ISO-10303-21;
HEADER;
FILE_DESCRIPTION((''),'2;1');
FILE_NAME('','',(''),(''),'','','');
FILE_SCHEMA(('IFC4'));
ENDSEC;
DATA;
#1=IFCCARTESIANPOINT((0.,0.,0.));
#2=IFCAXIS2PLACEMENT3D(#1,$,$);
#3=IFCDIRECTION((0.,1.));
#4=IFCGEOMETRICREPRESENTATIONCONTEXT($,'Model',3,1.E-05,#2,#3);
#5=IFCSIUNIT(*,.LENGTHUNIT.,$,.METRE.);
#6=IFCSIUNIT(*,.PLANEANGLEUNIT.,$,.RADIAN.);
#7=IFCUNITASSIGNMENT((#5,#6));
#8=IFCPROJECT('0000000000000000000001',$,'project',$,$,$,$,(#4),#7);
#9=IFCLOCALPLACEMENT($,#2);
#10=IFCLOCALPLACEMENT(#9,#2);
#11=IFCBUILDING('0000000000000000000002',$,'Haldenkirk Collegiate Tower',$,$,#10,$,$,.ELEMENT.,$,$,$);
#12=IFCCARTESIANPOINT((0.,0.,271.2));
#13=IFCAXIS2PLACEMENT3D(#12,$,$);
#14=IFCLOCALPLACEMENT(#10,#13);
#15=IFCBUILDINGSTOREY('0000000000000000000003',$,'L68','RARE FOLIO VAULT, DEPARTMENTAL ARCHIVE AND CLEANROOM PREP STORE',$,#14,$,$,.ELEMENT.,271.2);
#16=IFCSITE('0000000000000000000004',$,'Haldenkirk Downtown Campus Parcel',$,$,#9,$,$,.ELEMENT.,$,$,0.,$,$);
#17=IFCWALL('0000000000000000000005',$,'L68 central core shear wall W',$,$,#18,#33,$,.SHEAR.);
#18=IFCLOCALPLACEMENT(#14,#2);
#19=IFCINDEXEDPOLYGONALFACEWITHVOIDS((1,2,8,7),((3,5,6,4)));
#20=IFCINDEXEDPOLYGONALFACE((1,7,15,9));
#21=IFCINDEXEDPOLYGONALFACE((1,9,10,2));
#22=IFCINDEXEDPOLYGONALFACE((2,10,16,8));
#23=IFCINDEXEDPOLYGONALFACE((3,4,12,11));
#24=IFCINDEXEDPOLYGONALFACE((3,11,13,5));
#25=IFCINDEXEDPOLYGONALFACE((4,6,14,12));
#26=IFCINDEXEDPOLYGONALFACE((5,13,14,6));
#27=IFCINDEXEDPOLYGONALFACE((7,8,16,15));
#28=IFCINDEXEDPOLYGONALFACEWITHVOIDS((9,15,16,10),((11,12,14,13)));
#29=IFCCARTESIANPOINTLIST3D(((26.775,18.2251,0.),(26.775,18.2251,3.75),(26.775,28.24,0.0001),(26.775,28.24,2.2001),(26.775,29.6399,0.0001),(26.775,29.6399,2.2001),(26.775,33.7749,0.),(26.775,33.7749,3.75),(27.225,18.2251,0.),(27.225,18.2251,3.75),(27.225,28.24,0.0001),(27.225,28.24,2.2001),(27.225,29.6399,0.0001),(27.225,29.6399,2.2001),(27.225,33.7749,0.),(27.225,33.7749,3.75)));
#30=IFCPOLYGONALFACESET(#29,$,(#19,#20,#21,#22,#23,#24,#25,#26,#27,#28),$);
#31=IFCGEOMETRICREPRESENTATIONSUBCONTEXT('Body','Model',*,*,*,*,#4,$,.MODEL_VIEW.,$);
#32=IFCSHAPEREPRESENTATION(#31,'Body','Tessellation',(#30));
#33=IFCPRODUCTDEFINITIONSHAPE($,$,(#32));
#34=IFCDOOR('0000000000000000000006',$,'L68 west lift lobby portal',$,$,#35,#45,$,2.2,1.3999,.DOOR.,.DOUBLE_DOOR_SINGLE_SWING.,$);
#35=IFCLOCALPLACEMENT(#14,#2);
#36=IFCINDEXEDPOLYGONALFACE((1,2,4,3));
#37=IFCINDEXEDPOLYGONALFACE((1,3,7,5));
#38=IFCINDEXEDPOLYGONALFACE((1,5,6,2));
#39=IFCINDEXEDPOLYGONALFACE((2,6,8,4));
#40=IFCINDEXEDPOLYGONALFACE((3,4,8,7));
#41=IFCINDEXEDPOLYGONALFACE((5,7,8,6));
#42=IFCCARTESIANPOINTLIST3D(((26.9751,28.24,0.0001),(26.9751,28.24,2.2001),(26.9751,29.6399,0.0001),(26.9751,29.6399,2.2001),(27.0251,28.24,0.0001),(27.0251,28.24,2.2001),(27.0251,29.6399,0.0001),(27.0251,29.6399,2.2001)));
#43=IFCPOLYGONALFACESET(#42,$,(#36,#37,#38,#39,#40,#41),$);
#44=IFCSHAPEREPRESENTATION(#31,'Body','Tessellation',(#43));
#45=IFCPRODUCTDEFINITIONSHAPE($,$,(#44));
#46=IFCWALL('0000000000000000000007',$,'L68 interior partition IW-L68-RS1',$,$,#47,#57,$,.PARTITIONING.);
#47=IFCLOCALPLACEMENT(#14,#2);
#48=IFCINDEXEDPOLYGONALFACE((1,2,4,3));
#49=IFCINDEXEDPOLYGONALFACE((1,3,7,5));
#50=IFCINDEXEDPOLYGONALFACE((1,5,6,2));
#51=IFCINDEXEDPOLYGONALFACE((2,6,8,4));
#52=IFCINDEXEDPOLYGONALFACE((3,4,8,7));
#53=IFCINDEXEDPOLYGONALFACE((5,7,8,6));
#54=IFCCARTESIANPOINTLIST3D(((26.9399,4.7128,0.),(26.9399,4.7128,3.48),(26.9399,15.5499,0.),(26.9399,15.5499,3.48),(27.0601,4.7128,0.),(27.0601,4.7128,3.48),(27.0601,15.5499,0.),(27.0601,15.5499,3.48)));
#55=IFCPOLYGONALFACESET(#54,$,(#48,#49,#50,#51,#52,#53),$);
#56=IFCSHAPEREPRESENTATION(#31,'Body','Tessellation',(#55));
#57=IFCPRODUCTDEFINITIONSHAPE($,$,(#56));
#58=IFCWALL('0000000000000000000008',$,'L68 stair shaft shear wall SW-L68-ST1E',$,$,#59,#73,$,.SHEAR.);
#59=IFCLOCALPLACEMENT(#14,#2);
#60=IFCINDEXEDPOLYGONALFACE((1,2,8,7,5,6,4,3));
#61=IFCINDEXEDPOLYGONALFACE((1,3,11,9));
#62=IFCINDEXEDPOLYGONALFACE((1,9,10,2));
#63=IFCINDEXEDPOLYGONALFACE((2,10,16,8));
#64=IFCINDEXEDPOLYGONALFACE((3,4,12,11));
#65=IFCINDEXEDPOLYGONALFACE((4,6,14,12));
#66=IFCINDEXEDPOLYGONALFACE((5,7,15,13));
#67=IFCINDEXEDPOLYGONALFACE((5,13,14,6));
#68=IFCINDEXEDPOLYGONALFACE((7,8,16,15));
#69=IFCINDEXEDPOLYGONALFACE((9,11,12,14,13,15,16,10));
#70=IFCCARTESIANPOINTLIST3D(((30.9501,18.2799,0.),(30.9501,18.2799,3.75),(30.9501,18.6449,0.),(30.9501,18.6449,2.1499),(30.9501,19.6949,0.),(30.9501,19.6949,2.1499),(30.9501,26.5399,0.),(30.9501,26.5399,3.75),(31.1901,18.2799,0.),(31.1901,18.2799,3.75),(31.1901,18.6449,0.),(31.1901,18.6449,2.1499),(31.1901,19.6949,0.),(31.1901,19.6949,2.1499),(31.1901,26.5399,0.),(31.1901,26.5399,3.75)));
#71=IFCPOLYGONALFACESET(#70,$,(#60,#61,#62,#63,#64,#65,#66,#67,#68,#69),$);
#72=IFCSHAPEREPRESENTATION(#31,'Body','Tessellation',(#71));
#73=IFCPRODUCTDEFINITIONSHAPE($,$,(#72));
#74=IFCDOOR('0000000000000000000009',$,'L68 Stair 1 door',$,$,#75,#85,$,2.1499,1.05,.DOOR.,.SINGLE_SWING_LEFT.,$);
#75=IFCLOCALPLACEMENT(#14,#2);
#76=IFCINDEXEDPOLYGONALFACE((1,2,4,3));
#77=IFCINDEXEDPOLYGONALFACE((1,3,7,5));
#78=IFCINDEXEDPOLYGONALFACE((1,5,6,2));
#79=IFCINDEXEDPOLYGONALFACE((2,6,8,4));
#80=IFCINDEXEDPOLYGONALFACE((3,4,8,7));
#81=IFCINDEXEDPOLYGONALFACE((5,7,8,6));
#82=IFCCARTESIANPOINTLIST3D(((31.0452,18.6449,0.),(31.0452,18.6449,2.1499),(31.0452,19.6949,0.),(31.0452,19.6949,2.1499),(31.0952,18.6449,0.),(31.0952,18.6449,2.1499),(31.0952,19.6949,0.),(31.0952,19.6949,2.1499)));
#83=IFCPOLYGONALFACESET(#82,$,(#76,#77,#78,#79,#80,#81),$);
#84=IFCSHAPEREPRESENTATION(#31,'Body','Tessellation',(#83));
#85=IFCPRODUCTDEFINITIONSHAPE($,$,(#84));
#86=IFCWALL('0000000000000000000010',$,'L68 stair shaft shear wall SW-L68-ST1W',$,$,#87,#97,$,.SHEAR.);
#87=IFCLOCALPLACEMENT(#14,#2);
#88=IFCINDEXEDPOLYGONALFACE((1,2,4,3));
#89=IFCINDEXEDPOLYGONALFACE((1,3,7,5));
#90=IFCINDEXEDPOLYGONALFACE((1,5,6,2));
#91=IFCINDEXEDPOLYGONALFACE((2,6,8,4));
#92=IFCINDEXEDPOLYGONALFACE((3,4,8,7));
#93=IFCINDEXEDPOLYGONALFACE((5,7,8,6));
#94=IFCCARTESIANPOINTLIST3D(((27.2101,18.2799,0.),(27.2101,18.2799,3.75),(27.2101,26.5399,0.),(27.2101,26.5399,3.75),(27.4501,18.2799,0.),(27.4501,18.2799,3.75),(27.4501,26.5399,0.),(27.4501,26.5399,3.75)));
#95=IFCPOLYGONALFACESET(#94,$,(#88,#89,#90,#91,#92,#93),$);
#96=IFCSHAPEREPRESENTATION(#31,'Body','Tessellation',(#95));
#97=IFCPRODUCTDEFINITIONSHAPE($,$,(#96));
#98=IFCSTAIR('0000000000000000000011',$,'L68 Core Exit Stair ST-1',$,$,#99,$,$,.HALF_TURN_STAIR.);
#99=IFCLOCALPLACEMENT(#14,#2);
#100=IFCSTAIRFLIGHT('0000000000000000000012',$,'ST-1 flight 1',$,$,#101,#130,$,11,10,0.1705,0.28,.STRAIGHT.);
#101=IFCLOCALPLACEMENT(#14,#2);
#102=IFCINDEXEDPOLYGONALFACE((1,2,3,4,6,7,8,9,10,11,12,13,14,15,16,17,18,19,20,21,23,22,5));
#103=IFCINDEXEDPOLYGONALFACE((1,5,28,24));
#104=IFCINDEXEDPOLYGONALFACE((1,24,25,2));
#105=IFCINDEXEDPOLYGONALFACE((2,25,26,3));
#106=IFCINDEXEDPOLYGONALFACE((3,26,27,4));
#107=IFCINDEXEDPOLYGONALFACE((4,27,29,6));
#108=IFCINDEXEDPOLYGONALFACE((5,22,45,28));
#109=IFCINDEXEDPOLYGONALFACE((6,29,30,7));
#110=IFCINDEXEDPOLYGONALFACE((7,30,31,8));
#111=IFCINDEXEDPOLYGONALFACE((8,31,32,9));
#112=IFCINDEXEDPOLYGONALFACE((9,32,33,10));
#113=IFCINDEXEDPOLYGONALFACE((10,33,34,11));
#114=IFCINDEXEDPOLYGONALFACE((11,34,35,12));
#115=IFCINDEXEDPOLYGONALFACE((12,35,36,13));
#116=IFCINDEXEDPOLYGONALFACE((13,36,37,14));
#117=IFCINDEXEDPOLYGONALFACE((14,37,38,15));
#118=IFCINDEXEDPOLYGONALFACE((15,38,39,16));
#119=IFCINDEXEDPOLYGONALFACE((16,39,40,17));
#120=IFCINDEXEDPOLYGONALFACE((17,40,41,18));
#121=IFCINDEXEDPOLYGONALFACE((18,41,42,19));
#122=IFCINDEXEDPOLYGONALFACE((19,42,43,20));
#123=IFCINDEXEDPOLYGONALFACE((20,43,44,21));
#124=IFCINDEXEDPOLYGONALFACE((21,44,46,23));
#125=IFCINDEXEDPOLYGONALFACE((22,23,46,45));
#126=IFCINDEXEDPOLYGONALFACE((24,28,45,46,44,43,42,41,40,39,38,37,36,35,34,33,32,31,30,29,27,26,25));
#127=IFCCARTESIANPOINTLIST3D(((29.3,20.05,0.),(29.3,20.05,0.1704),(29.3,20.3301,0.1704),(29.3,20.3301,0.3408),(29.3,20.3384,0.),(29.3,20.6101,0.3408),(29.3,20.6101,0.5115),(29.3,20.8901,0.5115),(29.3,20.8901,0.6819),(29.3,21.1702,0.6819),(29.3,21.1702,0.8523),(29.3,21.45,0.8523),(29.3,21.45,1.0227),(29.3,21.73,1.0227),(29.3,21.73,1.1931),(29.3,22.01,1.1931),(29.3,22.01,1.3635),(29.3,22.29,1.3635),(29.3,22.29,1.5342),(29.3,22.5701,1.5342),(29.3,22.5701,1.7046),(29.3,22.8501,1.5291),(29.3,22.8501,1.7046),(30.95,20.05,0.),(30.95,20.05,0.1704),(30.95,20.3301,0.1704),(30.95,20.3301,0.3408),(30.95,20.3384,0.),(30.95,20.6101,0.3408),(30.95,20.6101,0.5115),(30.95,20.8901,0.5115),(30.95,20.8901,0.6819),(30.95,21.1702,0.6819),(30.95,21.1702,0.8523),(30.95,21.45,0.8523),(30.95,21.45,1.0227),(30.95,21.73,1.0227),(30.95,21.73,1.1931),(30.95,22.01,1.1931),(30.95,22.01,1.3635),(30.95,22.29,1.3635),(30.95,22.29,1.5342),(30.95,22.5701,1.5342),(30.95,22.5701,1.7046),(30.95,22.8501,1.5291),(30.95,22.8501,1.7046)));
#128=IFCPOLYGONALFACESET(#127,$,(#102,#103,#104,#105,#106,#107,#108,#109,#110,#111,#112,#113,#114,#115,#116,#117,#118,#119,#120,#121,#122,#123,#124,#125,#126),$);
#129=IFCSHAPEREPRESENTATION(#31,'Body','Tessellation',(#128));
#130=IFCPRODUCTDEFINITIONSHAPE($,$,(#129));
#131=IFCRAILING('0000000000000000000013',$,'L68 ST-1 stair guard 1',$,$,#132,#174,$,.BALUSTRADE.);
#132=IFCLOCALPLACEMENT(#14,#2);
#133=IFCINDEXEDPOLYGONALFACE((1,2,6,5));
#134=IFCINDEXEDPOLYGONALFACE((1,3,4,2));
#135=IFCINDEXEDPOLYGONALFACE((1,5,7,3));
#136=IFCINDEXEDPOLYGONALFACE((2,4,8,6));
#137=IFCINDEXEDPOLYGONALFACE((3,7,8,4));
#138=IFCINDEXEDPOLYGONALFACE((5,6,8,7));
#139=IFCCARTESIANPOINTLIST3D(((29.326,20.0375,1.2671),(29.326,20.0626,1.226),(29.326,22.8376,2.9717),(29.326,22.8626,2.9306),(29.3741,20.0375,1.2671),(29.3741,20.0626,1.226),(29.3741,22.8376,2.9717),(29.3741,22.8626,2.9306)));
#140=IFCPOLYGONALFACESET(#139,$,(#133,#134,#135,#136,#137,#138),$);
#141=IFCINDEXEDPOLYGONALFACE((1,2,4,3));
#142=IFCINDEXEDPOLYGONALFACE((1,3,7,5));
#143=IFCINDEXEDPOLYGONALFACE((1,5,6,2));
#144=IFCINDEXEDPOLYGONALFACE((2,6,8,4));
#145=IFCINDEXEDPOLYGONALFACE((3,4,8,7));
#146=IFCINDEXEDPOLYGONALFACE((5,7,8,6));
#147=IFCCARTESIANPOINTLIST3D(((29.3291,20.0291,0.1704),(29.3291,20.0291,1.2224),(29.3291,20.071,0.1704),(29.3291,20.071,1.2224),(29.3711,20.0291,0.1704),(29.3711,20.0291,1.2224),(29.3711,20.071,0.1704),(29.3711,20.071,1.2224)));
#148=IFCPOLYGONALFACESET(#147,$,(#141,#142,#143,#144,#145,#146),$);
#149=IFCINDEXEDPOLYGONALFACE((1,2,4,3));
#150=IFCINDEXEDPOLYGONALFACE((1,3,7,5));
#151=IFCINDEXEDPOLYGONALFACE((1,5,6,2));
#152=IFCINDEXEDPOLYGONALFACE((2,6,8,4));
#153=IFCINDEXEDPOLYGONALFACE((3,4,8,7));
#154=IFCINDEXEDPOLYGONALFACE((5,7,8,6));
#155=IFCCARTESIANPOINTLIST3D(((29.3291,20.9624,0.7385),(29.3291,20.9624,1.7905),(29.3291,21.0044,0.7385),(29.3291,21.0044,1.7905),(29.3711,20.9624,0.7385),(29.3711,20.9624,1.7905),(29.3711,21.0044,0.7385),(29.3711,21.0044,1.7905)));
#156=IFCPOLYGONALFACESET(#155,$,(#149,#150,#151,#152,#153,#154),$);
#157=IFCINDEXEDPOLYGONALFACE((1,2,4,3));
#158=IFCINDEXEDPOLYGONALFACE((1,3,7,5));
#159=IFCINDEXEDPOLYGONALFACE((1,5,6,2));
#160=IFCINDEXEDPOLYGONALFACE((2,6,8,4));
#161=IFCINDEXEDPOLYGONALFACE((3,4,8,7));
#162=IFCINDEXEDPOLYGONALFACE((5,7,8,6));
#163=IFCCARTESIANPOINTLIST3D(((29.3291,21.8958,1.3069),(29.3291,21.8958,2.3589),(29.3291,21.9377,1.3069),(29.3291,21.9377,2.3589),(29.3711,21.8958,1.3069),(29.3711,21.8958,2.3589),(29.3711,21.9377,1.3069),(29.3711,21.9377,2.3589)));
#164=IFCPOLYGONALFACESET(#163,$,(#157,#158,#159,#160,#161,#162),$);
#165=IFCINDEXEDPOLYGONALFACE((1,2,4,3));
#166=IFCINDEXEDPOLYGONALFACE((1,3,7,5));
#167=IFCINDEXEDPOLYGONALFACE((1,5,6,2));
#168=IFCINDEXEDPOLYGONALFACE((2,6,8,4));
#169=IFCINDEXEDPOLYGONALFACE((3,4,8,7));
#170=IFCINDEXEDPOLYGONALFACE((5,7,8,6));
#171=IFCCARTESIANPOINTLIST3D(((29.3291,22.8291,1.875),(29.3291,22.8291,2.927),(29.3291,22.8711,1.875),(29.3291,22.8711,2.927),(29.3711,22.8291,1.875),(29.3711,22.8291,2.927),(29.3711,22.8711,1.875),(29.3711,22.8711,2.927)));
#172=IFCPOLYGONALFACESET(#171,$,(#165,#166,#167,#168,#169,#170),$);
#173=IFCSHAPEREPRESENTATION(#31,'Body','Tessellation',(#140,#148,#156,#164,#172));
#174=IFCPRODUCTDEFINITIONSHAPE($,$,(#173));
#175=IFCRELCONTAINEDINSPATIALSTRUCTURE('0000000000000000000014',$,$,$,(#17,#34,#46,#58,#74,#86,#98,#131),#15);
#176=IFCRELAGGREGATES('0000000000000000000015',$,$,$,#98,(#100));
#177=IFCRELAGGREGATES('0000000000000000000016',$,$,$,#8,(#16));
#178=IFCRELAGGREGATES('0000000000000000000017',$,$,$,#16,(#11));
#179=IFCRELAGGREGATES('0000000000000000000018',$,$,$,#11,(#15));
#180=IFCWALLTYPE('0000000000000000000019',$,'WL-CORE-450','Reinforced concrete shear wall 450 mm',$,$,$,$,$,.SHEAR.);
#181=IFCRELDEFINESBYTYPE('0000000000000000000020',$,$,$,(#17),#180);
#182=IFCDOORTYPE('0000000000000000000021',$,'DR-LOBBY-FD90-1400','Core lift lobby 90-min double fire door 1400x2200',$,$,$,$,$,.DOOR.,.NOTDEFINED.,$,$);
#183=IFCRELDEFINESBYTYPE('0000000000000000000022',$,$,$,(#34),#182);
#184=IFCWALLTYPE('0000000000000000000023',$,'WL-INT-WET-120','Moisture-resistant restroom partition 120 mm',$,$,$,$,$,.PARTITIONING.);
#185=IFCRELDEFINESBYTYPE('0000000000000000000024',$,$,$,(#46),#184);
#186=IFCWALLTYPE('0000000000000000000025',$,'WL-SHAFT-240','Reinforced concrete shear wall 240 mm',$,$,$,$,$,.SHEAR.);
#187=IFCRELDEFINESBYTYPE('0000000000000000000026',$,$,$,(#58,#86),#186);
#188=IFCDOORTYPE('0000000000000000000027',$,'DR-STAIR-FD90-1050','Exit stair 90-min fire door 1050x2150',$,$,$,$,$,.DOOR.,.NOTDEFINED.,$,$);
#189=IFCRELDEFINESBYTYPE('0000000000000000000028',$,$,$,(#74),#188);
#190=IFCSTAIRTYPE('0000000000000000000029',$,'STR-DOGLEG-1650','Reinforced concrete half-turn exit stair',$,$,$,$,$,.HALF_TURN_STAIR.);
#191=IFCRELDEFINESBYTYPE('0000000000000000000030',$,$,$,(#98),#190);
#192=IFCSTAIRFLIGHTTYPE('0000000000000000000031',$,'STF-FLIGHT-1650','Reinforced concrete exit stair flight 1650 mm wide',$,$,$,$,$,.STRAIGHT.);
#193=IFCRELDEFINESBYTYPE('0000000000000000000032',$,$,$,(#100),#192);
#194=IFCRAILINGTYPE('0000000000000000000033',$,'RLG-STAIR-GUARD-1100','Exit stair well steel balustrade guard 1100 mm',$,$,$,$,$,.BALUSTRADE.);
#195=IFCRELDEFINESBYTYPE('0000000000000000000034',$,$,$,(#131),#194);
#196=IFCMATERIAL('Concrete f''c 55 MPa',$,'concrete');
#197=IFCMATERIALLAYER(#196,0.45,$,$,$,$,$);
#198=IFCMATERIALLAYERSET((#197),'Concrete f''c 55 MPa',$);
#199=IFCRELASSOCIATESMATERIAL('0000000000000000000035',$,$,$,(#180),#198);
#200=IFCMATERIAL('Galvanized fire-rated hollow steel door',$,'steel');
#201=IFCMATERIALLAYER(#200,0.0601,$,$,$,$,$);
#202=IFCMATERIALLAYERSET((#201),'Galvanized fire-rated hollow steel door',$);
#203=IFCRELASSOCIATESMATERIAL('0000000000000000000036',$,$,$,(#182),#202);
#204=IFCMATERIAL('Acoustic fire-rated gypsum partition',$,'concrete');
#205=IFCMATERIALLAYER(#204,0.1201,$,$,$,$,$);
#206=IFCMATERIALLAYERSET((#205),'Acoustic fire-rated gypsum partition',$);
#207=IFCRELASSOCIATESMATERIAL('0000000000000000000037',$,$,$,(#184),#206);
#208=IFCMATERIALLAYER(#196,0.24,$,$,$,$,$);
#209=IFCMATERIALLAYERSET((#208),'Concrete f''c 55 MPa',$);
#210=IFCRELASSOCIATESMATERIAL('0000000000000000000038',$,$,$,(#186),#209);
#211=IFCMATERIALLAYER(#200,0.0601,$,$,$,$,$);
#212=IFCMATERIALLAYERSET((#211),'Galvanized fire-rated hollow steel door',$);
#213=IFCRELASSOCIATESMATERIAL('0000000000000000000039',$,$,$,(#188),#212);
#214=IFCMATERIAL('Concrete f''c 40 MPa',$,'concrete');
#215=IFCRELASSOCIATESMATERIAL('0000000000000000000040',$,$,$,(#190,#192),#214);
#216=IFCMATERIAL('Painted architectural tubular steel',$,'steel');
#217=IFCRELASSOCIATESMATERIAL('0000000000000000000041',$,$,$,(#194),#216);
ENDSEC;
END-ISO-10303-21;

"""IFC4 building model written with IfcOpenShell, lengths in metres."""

from ifc_helpers import new_model, si_unit, direction, frame, frame_2d, origin, origin_2d, place, context, subcontext, project, spatial, polyline, rectangle, outline, extrude, material, layer, layer_set, type_object, element, fill, aggregate, save


model = new_model("IFC4")

# Units and contexts
model_context = context("Model", 3, precision=1e-05, world=origin(), true_north=direction((0.0, 1.0)))
body_context = subcontext(model_context, "Body", "Model", "MODEL_VIEW")
ifc_project = project(units=[si_unit("LENGTHUNIT", "METRE"), si_unit("PLANEANGLEUNIT", "RADIAN")], contexts=[model_context])

# Site, building, storey
site_placement = place(None, origin())
site = spatial("IfcSite", under=ifc_project, at=site_placement, Name="Haldenkirk Downtown Campus Parcel", CompositionType="ELEMENT", RefElevation=0.0)
building_placement = place(site_placement, origin())
building = spatial("IfcBuilding", under=site, at=building_placement, Name="Haldenkirk Collegiate Tower", CompositionType="ELEMENT")
storey_placement = place(building_placement, frame((0.0, 0.0, 271.2)))
storey = spatial("IfcBuildingStorey", under=building, at=storey_placement, Name="L68", Description="RARE FOLIO VAULT, DEPARTMENTAL ARCHIVE AND CLEANROOM PREP STORE", CompositionType="ELEMENT", Elevation=271.2)

# Shared definitions
ifc_material_1 = material(Name="Concrete f'c 55 MPa", Category="concrete")
ifc_layer_1 = layer(ifc_material_1, 0.45)
ifc_layer_set_1 = layer_set([ifc_layer_1], Name="Concrete f'c 55 MPa")
wall_type_1 = type_object("IfcWallType", Name="WL-CORE-450", Description="Reinforced concrete shear wall 450 mm", PredefinedType="SHEAR", material=ifc_layer_set_1)
ifc_material_2 = material(Name="Galvanized fire-rated hollow steel door", Category="steel")

# Wall, opening, door
wall_1_placement = place(storey_placement, frame((27.0, 18.2251, 0.0), z_axis=(0.0, 0.0, 1.0), x_axis=(0.0, 1.0, 0.0)))
wall_1 = element("IfcWall", 1, at=wall_1_placement, inside=storey, type_object=wall_type_1, Name="L68 central core shear wall W", PredefinedType="SHEAR", context=body_context, shape_type="SweptSolid", body=[
    extrude(rectangle(XDim=15.5498, YDim=0.45, at=frame_2d((7.7749, 0.0))), origin(), (0.0, 0.0, 1.0), 3.75),
])
opening_1_placement = place(wall_1_placement, frame((10.0149, 0.0, 0.0)))
opening_1 = element("IfcOpeningElement", 2, at=opening_1_placement, cuts=wall_1, PredefinedType="OPENING", context=body_context, shape_type="SweptSolid", body=[
    extrude(rectangle(XDim=1.3999, YDim=2.2, at=frame_2d((0.7, 1.1001))), frame((0.0, 0.2349, 0.0), z_axis=(0.0, -1.0, 0.0), x_axis=(1.0, 0.0, 0.0)), (0.0, 0.0, 1.0), 0.47),
])
ifc_layer_2 = layer(ifc_material_2, 0.0601)
ifc_layer_set_2 = layer_set([ifc_layer_2], Name="Galvanized fire-rated hollow steel door")
door_type_1 = type_object("IfcDoorType", Name="DR-LOBBY-FD90-1400", Description="Core lift lobby 90-min double fire door 1400x2200", OperationType="NOTDEFINED", PredefinedType="DOOR", material=ifc_layer_set_2)
door_1_placement = place(opening_1_placement, origin())
door_1 = element("IfcDoor", 3, at=door_1_placement, inside=storey, type_object=door_type_1, Name="L68 west lift lobby portal", OperationType="DOUBLE_DOOR_SINGLE_SWING", OverallHeight=2.2, OverallWidth=1.3999, PredefinedType="DOOR", context=body_context, shape_type="SweptSolid", body=[
    extrude(rectangle(XDim=1.3999, YDim=2.2, at=frame_2d((0.7, 1.1001))), frame((0.0, 0.0249, 0.0), z_axis=(0.0, -1.0, 0.0), x_axis=(1.0, 0.0, 0.0)), (0.0, 0.0, 1.0), 0.05),
])
fill(opening_1, door_1)

# Shared definitions
ifc_material_3 = material(Name="Acoustic fire-rated gypsum partition", Category="concrete")

# Wall
ifc_layer_3 = layer(ifc_material_3, 0.1201)
ifc_layer_set_3 = layer_set([ifc_layer_3], Name="Acoustic fire-rated gypsum partition")
wall_type_2 = type_object("IfcWallType", Name="WL-INT-WET-120", Description="Moisture-resistant restroom partition 120 mm", PredefinedType="PARTITIONING", material=ifc_layer_set_3)
wall_2_placement = place(storey_placement, frame((27.0, 4.7129, 0.0), z_axis=(0.0, 0.0, 1.0), x_axis=(0.0, 1.0, 0.0)))
element("IfcWall", 4, at=wall_2_placement, inside=storey, type_object=wall_type_2, Name="L68 interior partition IW-L68-RS1", PredefinedType="PARTITIONING", context=body_context, shape_type="SweptSolid", body=[
    extrude(rectangle(XDim=10.8372, YDim=0.1201, at=frame_2d((5.4185, 0.0))), origin(), (0.0, 0.0, 1.0), 3.48),
])

# Wall, opening, door
ifc_layer_4 = layer(ifc_material_1, 0.24)
ifc_layer_set_4 = layer_set([ifc_layer_4], Name="Concrete f'c 55 MPa")
wall_type_3 = type_object("IfcWallType", Name="WL-SHAFT-240", Description="Reinforced concrete shear wall 240 mm", PredefinedType="SHEAR", material=ifc_layer_set_4)
wall_3_placement = place(storey_placement, frame((31.0701, 18.28, 0.0), z_axis=(0.0, 0.0, 1.0), x_axis=(0.0, 1.0, 0.0)))
wall_3 = element("IfcWall", 5, at=wall_3_placement, inside=storey, type_object=wall_type_3, Name="L68 stair shaft shear wall SW-L68-ST1E", PredefinedType="SHEAR", context=body_context, shape_type="SweptSolid", body=[
    extrude(rectangle(XDim=8.26, YDim=0.24, at=frame_2d((4.1299, 0.0))), origin(), (0.0, 0.0, 1.0), 3.75),
])
opening_2_placement = place(wall_3_placement, frame((0.365, 0.0, 0.0)))
opening_2 = element("IfcOpeningElement", 6, at=opening_2_placement, cuts=wall_3, PredefinedType="OPENING", context=body_context, shape_type="SweptSolid", body=[
    extrude(rectangle(XDim=1.05, YDim=2.1499, at=frame_2d((0.5249, 1.075))), frame((0.0, 0.1299, 0.0), z_axis=(0.0, -1.0, 0.0), x_axis=(1.0, 0.0, 0.0)), (0.0, 0.0, 1.0), 0.26),
])
ifc_layer_5 = layer(ifc_material_2, 0.0601)
ifc_layer_set_5 = layer_set([ifc_layer_5], Name="Galvanized fire-rated hollow steel door")
door_type_2 = type_object("IfcDoorType", Name="DR-STAIR-FD90-1050", Description="Exit stair 90-min fire door 1050x2150", OperationType="NOTDEFINED", PredefinedType="DOOR", material=ifc_layer_set_5)
door_2_placement = place(opening_2_placement, origin())
door_2 = element("IfcDoor", 7, at=door_2_placement, inside=storey, type_object=door_type_2, Name="L68 Stair 1 door", OperationType="SINGLE_SWING_LEFT", OverallHeight=2.1499, OverallWidth=1.05, PredefinedType="DOOR", context=body_context, shape_type="SweptSolid", body=[
    extrude(rectangle(XDim=1.05, YDim=2.1499, at=frame_2d((0.5249, 1.075))), frame((0.0, 0.0249, 0.0), z_axis=(0.0, -1.0, 0.0), x_axis=(1.0, 0.0, 0.0)), (0.0, 0.0, 1.0), 0.05),
])
fill(opening_2, door_2)

# Wall
wall_4_placement = place(storey_placement, frame((27.3301, 18.28, 0.0), z_axis=(0.0, 0.0, 1.0), x_axis=(0.0, 1.0, 0.0)))
element("IfcWall", 8, at=wall_4_placement, inside=storey, type_object=wall_type_3, Name="L68 stair shaft shear wall SW-L68-ST1W", PredefinedType="SHEAR", context=body_context, shape_type="SweptSolid", body=[
    extrude(rectangle(XDim=8.26, YDim=0.24, at=frame_2d((4.1299, 0.0))), origin(), (0.0, 0.0, 1.0), 3.75),
])

# Stair, stair flight
ifc_material_4 = material(Name="Concrete f'c 40 MPa", Category="concrete")
stair_type = type_object("IfcStairType", Name="STR-DOGLEG-1650", Description="Reinforced concrete half-turn exit stair", PredefinedType="HALF_TURN_STAIR", material=ifc_material_4)
stair_placement = place(storey_placement, origin())
stair = element("IfcStair", 9, at=stair_placement, inside=storey, type_object=stair_type, Name="L68 Core Exit Stair ST-1", PredefinedType="HALF_TURN_STAIR")
stair_flight_type = type_object("IfcStairFlightType", Name="STF-FLIGHT-1650", Description="Reinforced concrete exit stair flight 1650 mm wide", PredefinedType="STRAIGHT", material=ifc_material_4)
stair_flight_placement = place(storey_placement, frame((30.125, 20.05, 0.0), z_axis=(0.0, 0.0, 1.0), x_axis=(0.0, 1.0, 0.0)))
stair_flight = element("IfcStairFlight", 10, at=stair_flight_placement, type_object=stair_flight_type, Name="ST-1 flight 1", NumberOfRisers=11, NumberOfTreads=10, PredefinedType="STRAIGHT", RiserHeight=0.1705, TreadLength=0.28, context=body_context, shape_type="SweptSolid", body=[
    extrude(outline(polyline([(0.0, 0.0), (0.0, 0.1704), (0.28, 0.1704), (0.28, 0.3408), (0.5601, 0.3408), (0.5601, 0.5115), (0.8401, 0.5115), (0.8401, 0.6819), (1.1201, 0.6819), (1.1201, 0.8523), (1.3999, 0.8523), (1.3999, 1.0227), (1.6799, 1.0227), (1.6799, 1.1931), (1.96, 1.1931), (1.96, 1.3635), (2.24, 1.3635), (2.24, 1.5342), (2.52, 1.5342), (2.52, 1.7046), (2.8, 1.7046), (2.8, 1.875), (2.8, 1.5291), (0.2883, 0.0), (0.0, 0.0)])), frame((0.0, 0.825, 0.0), z_axis=(0.0, -1.0, 0.0), x_axis=(1.0, 0.0, 0.0)), (0.0, 0.0, 1.0), 1.6499),
])
aggregate(stair, [stair_flight])

# Railing
ifc_material_5 = material(Name="Painted architectural tubular steel", Category="steel")
railing_type_1 = type_object("IfcRailingType", Name="RLG-STAIR-GUARD-1100", Description="Exit stair well steel balustrade guard 1100 mm", PredefinedType="BALUSTRADE", material=ifc_material_5)
railing_1_placement = place(storey_placement, frame((29.3501, 20.05, 0.1704)))
element("IfcRailing", 11, at=railing_1_placement, inside=storey, type_object=railing_type_1, Name="L68 ST-1 stair guard 1", PredefinedType="BALUSTRADE", context=body_context, shape_type="SweptSolid", body=[
    extrude(rectangle(XDim=0.0481, YDim=0.0481, at=origin_2d()), frame((0.0, 0.0, 1.0762), z_axis=(0.0, 0.85417, 0.519994), x_axis=(-1.0, 0.0, 0.0)), (0.0, 0.0, 1.0), 3.2781),
    extrude(rectangle(XDim=0.042, YDim=0.042, at=origin_2d()), origin(), (0.0, 0.0, 1.0), 1.052),
    extrude(rectangle(XDim=0.042, YDim=0.042, at=origin_2d()), frame((0.0, 0.9333, 0.5681)), (0.0, 0.0, 1.0), 1.052),
    extrude(rectangle(XDim=0.042, YDim=0.042, at=origin_2d()), frame((0.0, 1.8667, 1.1365)), (0.0, 0.0, 1.0), 1.052),
    extrude(rectangle(XDim=0.042, YDim=0.042, at=origin_2d()), frame((0.0, 2.8, 1.7046)), (0.0, 0.0, 1.0), 1.052),
])

save(model, "model.ifc")
